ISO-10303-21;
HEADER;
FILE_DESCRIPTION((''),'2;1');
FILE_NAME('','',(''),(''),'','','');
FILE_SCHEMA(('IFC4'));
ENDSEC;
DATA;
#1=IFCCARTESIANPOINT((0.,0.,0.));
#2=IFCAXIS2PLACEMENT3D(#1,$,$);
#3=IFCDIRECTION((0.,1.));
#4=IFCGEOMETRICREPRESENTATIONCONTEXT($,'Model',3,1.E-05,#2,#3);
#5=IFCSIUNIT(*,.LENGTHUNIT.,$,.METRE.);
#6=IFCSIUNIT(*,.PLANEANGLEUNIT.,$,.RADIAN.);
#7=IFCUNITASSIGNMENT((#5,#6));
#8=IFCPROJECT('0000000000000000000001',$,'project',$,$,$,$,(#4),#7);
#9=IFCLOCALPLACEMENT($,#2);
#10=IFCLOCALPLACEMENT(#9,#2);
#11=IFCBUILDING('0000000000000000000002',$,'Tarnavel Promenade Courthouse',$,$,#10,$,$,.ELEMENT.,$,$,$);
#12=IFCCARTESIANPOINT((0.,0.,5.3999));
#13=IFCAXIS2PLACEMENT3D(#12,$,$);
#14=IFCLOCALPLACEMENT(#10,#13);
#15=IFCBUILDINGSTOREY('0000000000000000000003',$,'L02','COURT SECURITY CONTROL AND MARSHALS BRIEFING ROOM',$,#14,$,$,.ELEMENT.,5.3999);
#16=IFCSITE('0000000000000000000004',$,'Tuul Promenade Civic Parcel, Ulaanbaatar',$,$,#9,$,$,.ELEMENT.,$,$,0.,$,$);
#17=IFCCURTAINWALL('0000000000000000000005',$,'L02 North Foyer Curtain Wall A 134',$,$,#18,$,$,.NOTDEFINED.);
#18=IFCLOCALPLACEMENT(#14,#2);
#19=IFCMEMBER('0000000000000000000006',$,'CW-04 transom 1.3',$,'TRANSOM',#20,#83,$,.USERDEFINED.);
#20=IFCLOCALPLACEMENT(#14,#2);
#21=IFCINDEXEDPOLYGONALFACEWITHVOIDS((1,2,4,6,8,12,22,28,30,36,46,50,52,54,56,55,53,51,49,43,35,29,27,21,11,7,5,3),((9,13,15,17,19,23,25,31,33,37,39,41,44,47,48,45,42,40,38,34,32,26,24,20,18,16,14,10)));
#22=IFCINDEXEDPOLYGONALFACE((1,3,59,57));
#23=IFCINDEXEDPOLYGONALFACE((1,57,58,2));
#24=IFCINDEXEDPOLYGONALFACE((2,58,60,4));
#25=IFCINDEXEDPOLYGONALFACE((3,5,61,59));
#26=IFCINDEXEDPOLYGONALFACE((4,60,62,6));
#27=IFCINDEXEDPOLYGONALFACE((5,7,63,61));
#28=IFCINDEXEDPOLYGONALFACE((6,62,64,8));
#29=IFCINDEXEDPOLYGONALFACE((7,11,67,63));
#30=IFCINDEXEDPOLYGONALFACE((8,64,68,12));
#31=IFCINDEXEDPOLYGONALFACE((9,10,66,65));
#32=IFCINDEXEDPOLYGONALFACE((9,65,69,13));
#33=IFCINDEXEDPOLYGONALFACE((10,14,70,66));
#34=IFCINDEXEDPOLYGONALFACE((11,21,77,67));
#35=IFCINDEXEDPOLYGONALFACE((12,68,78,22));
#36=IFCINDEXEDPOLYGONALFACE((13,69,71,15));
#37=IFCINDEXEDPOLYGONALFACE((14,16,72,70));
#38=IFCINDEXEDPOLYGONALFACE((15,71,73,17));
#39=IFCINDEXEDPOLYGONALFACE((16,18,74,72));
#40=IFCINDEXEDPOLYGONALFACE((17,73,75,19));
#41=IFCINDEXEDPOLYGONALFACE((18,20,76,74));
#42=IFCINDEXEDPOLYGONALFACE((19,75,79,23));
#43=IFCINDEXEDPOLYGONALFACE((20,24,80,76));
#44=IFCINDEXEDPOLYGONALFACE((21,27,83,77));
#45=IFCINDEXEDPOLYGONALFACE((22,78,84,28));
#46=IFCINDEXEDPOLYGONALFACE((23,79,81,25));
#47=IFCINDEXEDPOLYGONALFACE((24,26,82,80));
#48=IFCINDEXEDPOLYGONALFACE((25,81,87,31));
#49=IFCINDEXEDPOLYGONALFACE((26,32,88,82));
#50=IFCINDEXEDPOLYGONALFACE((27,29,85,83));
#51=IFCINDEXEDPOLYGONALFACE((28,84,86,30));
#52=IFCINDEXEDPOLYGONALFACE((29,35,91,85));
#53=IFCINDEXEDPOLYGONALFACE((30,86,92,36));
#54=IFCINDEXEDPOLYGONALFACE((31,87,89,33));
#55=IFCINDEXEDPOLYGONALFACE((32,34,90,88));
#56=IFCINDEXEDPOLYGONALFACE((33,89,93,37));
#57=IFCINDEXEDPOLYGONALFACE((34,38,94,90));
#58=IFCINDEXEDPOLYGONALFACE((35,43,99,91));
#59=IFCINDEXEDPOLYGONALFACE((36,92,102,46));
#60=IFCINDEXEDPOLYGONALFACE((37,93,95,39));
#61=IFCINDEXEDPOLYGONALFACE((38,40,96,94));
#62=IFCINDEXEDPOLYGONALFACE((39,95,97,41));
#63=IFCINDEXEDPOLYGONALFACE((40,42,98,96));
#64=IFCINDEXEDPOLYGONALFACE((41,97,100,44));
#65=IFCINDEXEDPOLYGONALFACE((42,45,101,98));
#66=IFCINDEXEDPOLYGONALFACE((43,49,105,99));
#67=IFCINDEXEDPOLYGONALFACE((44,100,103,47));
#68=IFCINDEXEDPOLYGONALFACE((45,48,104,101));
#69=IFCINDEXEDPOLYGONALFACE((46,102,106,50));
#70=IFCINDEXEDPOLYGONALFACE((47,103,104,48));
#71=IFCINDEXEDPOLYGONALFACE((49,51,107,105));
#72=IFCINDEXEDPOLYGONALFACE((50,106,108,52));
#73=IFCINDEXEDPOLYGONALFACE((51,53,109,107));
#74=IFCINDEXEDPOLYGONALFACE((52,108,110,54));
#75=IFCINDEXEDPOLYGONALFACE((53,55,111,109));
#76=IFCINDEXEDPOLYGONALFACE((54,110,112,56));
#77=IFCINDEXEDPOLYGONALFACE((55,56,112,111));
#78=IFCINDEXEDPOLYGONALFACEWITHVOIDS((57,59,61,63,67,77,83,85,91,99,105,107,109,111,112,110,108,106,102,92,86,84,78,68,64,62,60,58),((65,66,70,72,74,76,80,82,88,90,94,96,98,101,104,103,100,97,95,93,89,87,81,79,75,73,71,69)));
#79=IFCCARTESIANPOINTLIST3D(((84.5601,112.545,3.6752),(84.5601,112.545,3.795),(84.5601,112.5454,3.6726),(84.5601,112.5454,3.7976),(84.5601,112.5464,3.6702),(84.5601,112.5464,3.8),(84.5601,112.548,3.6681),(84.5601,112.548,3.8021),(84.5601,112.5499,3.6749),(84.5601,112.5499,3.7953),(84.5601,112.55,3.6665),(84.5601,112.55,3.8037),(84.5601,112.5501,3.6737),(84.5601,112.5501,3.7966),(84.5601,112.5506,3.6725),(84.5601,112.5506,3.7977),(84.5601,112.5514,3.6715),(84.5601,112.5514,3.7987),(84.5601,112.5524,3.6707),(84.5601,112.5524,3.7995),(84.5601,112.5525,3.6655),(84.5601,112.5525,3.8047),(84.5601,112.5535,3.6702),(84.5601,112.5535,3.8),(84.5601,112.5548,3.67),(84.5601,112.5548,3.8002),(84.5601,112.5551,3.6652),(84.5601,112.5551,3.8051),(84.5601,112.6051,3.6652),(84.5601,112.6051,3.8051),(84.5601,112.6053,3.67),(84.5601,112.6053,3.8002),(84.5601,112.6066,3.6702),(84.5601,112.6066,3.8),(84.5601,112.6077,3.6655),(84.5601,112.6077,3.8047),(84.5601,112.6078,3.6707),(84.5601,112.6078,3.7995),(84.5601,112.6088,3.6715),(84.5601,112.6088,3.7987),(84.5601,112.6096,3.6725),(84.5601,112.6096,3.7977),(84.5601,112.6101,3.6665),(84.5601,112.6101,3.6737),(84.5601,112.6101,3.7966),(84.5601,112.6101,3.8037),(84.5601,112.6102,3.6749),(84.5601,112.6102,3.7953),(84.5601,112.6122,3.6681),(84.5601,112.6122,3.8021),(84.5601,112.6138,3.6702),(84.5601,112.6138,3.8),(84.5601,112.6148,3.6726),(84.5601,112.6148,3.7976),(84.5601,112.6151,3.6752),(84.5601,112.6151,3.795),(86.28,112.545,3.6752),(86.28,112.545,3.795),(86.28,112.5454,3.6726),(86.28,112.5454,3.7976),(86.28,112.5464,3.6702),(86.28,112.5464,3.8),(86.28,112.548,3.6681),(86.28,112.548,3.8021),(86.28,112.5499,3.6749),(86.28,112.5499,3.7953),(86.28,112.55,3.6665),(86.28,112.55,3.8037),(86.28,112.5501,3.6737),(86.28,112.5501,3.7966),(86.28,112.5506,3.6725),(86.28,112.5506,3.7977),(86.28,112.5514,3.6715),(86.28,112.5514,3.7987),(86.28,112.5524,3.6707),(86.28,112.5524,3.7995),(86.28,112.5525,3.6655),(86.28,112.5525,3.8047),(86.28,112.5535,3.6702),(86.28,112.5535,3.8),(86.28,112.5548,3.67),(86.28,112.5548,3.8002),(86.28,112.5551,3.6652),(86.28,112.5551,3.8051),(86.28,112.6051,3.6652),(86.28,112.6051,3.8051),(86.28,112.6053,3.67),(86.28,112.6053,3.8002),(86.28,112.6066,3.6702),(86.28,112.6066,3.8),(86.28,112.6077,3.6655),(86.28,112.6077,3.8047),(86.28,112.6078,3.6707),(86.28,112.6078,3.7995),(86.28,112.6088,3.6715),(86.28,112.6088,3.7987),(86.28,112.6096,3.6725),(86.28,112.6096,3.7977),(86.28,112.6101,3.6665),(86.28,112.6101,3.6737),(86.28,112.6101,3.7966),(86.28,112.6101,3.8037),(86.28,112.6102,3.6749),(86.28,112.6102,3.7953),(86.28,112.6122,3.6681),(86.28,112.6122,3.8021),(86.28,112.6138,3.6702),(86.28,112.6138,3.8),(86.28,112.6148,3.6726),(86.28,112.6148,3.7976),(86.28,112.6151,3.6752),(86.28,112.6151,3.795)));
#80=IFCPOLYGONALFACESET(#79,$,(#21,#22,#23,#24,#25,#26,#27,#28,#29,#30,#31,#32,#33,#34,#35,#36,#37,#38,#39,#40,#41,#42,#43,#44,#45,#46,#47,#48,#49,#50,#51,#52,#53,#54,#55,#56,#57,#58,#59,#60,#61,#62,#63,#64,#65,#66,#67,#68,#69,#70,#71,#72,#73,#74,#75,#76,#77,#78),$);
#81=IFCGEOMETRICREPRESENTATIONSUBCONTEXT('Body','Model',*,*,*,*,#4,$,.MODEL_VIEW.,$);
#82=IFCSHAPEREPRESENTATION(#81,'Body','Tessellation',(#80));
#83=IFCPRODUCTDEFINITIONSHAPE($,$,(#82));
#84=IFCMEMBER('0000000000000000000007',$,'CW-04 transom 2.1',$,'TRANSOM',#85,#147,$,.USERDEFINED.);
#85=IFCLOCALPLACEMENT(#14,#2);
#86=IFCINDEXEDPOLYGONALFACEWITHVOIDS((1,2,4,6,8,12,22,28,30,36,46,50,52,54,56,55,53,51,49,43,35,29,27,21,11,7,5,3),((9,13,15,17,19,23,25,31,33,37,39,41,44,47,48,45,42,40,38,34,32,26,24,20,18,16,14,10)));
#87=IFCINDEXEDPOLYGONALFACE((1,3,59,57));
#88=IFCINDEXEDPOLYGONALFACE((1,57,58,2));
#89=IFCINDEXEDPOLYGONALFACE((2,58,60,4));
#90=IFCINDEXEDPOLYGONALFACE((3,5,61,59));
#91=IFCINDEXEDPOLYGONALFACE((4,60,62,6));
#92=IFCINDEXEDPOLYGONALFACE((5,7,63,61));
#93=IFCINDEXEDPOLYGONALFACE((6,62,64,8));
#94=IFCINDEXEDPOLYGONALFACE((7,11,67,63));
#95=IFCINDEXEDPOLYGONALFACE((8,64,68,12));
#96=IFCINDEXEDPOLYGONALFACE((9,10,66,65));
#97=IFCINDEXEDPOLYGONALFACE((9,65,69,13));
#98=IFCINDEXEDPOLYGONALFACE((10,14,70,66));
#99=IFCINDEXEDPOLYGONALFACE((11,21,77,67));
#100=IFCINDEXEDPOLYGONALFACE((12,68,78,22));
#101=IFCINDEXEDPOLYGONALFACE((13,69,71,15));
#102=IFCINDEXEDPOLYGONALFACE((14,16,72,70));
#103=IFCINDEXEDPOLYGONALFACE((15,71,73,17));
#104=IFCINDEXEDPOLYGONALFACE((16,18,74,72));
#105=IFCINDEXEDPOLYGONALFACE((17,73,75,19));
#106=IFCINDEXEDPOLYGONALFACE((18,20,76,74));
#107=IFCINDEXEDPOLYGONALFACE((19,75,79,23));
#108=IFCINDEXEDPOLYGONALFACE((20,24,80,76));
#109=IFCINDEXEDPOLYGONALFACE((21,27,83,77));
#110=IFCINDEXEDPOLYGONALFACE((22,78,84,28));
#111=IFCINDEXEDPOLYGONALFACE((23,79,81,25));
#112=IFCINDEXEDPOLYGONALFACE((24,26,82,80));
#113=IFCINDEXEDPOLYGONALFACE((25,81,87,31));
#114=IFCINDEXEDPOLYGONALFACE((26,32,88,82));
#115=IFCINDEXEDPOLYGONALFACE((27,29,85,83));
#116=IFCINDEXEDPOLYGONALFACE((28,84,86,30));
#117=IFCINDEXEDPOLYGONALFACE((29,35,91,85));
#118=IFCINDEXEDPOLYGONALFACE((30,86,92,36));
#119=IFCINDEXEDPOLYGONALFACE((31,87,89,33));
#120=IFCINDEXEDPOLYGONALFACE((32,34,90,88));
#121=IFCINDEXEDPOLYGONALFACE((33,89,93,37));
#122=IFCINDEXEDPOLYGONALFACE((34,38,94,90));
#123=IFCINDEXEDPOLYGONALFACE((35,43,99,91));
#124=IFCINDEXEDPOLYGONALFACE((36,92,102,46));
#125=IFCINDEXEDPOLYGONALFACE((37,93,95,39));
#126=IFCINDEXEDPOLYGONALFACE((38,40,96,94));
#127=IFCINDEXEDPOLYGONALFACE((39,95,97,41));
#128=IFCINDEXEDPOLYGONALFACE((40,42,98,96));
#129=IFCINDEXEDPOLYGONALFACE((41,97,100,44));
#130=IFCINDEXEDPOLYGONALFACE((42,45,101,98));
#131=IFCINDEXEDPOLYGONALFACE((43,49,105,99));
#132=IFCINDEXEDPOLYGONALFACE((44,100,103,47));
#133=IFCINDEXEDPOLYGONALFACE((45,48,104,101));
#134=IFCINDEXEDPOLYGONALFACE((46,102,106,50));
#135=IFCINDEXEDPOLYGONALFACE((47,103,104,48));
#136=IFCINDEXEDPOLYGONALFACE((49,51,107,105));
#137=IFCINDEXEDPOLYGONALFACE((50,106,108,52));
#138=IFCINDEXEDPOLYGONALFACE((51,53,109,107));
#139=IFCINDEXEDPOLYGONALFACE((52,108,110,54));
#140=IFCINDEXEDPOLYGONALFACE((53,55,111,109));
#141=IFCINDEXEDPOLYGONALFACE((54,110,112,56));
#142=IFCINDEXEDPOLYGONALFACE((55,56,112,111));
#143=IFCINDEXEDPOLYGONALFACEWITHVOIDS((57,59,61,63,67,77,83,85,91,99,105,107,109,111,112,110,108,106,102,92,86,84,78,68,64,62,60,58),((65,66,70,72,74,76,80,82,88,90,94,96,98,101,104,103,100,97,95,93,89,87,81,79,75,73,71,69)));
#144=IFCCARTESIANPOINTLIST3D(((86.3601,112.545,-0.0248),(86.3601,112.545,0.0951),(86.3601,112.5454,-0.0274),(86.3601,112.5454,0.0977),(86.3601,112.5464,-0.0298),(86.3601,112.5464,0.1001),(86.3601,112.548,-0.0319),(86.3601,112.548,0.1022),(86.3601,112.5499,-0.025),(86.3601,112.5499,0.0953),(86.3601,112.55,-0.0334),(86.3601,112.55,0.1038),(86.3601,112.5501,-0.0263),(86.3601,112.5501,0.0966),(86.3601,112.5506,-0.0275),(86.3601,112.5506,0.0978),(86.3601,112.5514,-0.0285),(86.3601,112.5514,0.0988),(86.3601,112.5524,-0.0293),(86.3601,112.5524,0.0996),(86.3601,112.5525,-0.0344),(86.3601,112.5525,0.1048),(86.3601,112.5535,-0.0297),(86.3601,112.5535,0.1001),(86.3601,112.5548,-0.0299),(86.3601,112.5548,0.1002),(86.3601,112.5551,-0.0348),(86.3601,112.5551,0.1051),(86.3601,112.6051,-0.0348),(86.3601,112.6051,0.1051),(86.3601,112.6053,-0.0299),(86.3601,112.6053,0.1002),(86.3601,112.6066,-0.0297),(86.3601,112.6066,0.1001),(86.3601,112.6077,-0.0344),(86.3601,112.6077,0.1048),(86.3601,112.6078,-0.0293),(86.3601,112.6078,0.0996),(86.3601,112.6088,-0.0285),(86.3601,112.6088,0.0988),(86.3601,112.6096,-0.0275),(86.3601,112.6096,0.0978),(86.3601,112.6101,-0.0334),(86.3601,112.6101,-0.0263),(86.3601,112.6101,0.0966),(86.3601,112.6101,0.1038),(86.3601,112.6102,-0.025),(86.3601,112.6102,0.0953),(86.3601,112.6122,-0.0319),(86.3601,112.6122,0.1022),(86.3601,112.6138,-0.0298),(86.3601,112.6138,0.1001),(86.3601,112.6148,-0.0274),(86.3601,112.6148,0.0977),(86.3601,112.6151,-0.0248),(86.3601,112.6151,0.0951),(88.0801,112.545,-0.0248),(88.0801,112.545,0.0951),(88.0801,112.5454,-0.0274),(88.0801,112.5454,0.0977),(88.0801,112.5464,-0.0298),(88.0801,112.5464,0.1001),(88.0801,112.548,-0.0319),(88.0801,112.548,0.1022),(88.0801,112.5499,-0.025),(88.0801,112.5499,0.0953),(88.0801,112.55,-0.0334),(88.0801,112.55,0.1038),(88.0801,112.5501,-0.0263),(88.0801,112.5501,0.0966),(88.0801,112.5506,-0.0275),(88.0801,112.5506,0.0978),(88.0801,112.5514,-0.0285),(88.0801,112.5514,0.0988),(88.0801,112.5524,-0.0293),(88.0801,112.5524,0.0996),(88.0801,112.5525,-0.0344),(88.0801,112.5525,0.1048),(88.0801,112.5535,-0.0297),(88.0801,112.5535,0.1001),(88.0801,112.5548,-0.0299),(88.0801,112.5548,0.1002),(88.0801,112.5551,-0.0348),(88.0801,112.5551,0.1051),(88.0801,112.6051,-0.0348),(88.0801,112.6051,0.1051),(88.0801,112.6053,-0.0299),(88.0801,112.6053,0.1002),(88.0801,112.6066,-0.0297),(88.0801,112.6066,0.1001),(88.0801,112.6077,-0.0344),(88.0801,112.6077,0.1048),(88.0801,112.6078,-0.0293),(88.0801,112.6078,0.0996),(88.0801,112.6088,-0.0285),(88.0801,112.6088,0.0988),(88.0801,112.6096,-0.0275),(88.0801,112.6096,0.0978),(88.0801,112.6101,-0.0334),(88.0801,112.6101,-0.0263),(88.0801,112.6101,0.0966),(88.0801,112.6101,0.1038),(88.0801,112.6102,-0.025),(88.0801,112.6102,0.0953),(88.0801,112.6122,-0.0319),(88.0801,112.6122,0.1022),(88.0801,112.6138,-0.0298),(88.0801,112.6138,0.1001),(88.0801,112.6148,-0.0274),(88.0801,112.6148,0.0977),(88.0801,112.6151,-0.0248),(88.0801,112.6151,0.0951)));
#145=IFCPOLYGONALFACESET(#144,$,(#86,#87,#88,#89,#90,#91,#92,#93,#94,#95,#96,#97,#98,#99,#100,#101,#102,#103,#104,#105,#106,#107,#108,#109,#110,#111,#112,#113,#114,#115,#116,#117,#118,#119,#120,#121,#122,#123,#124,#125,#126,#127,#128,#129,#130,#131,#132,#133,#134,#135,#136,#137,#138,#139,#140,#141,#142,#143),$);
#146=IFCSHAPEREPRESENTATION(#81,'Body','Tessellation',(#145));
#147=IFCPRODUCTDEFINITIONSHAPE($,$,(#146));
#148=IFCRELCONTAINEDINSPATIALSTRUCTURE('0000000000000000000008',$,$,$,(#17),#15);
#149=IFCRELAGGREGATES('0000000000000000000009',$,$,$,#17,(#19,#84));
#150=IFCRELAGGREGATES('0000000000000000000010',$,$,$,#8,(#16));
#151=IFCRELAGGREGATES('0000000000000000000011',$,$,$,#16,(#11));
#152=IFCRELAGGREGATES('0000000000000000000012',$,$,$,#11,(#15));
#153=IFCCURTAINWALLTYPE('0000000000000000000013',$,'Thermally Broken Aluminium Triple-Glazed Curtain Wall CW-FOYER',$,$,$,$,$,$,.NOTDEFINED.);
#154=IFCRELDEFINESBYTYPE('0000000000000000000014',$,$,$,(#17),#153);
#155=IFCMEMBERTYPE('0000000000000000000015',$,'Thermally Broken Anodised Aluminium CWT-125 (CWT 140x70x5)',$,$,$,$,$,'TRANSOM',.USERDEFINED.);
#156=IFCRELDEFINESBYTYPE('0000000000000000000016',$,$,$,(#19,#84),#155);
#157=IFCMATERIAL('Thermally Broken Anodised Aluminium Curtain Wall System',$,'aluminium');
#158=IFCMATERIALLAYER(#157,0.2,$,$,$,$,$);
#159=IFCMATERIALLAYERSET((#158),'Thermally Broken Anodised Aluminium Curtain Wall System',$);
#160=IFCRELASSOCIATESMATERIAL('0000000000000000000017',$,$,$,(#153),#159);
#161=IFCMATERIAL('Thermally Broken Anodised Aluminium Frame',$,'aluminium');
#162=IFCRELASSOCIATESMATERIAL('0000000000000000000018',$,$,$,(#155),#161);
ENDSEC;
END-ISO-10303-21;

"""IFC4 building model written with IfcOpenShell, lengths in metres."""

from ifc_helpers import new_model, si_unit, direction, frame, origin, origin_2d, place, context, subcontext, project, spatial, hollow_rectangle, extrude, material, layer, layer_set, material_profile, profile_set, type_object, element, aggregate, save


model = new_model("IFC4")

# Units and contexts
model_context = context("Model", 3, precision=1e-05, world=origin(), true_north=direction((0.0, 1.0)))
body_context = subcontext(model_context, "Body", "Model", "MODEL_VIEW")
ifc_project = project(units=[si_unit("LENGTHUNIT", "METRE"), si_unit("PLANEANGLEUNIT", "RADIAN")], contexts=[model_context])

# Site, building, storey
site_placement = place(None, origin())
site = spatial("IfcSite", under=ifc_project, at=site_placement, Name="Tuul Promenade Civic Parcel, Ulaanbaatar", CompositionType="ELEMENT", RefElevation=0.0)
building_placement = place(site_placement, origin())
building = spatial("IfcBuilding", under=site, at=building_placement, Name="Tarnavel Promenade Courthouse", CompositionType="ELEMENT")
storey_placement = place(building_placement, frame((0.0, 0.0, 5.3999)))
storey = spatial("IfcBuildingStorey", under=building, at=storey_placement, Name="L02", Description="COURT SECURITY CONTROL AND MARSHALS BRIEFING ROOM", CompositionType="ELEMENT", Elevation=5.3999)

# Curtain wall
ifc_material_1 = material(Name="Thermally Broken Anodised Aluminium Curtain Wall System", Category="aluminium")
ifc_layer_1 = layer(ifc_material_1, 0.2)
ifc_layer_set_1 = layer_set([ifc_layer_1], Name="Thermally Broken Anodised Aluminium Curtain Wall System")
curtain_wall_type = type_object("IfcCurtainWallType", Name="Thermally Broken Aluminium Triple-Glazed Curtain Wall CW-FOYER", PredefinedType="NOTDEFINED", material=ifc_layer_set_1)
ifc_material_2 = material(Name="Thermally Broken Anodised Aluminium Frame", Category="aluminium")
curtain_wall_1_placement = place(storey_placement, origin())
curtain_wall_1 = element("IfcCurtainWall", 1, at=curtain_wall_1_placement, inside=storey, type_object=curtain_wall_type, Name="L02 North Foyer Curtain Wall A 134", PredefinedType="NOTDEFINED")

# Members
ifc_material_profile_1 = material_profile(ifc_material_2, hollow_rectangle(XDim=0.0701, YDim=0.1399, WallThickness=0.0049, InnerFilletRadius=0.0049, OuterFilletRadius=0.01, at=origin_2d()), Name="CWT 140x70x5")
ifc_profile_set_1 = profile_set([ifc_material_profile_1], Name="Thermally Broken Anodised Aluminium Frame")
member_type_1 = type_object("IfcMemberType", Name="Thermally Broken Anodised Aluminium CWT-125 (CWT 140x70x5)", ElementType="TRANSOM", PredefinedType="USERDEFINED", material=ifc_profile_set_1)
member_1_placement = place(storey_placement, frame((84.5601, 112.5801, 3.7351), z_axis=(1.0, 0.0, 0.0), x_axis=(0.0, 1.0, 0.0)))
member_1 = element("IfcMember", 2, at=member_1_placement, type_object=member_type_1, Name="CW-04 transom 1.3", ObjectType="TRANSOM", PredefinedType="USERDEFINED", context=body_context, shape_type="SweptSolid", body=[
    extrude(hollow_rectangle(XDim=0.0701, YDim=0.1399, WallThickness=0.0049, InnerFilletRadius=0.0049, OuterFilletRadius=0.01, at=origin_2d()), origin(), (0.0, 0.0, 1.0), 1.72),
])
member_2_placement = place(storey_placement, frame((86.3601, 112.5801, 0.0352), z_axis=(1.0, 0.0, 0.0), x_axis=(0.0, 1.0, 0.0)))
member_2 = element("IfcMember", 3, at=member_2_placement, type_object=member_type_1, Name="CW-04 transom 2.1", ObjectType="TRANSOM", PredefinedType="USERDEFINED", context=body_context, shape_type="SweptSolid", body=[
    extrude(hollow_rectangle(XDim=0.0701, YDim=0.1399, WallThickness=0.0049, InnerFilletRadius=0.0049, OuterFilletRadius=0.01, at=origin_2d()), origin(), (0.0, 0.0, 1.0), 1.72),
])

aggregate(curtain_wall_1, [member_1, member_2])

save(model, "model.ifc")
